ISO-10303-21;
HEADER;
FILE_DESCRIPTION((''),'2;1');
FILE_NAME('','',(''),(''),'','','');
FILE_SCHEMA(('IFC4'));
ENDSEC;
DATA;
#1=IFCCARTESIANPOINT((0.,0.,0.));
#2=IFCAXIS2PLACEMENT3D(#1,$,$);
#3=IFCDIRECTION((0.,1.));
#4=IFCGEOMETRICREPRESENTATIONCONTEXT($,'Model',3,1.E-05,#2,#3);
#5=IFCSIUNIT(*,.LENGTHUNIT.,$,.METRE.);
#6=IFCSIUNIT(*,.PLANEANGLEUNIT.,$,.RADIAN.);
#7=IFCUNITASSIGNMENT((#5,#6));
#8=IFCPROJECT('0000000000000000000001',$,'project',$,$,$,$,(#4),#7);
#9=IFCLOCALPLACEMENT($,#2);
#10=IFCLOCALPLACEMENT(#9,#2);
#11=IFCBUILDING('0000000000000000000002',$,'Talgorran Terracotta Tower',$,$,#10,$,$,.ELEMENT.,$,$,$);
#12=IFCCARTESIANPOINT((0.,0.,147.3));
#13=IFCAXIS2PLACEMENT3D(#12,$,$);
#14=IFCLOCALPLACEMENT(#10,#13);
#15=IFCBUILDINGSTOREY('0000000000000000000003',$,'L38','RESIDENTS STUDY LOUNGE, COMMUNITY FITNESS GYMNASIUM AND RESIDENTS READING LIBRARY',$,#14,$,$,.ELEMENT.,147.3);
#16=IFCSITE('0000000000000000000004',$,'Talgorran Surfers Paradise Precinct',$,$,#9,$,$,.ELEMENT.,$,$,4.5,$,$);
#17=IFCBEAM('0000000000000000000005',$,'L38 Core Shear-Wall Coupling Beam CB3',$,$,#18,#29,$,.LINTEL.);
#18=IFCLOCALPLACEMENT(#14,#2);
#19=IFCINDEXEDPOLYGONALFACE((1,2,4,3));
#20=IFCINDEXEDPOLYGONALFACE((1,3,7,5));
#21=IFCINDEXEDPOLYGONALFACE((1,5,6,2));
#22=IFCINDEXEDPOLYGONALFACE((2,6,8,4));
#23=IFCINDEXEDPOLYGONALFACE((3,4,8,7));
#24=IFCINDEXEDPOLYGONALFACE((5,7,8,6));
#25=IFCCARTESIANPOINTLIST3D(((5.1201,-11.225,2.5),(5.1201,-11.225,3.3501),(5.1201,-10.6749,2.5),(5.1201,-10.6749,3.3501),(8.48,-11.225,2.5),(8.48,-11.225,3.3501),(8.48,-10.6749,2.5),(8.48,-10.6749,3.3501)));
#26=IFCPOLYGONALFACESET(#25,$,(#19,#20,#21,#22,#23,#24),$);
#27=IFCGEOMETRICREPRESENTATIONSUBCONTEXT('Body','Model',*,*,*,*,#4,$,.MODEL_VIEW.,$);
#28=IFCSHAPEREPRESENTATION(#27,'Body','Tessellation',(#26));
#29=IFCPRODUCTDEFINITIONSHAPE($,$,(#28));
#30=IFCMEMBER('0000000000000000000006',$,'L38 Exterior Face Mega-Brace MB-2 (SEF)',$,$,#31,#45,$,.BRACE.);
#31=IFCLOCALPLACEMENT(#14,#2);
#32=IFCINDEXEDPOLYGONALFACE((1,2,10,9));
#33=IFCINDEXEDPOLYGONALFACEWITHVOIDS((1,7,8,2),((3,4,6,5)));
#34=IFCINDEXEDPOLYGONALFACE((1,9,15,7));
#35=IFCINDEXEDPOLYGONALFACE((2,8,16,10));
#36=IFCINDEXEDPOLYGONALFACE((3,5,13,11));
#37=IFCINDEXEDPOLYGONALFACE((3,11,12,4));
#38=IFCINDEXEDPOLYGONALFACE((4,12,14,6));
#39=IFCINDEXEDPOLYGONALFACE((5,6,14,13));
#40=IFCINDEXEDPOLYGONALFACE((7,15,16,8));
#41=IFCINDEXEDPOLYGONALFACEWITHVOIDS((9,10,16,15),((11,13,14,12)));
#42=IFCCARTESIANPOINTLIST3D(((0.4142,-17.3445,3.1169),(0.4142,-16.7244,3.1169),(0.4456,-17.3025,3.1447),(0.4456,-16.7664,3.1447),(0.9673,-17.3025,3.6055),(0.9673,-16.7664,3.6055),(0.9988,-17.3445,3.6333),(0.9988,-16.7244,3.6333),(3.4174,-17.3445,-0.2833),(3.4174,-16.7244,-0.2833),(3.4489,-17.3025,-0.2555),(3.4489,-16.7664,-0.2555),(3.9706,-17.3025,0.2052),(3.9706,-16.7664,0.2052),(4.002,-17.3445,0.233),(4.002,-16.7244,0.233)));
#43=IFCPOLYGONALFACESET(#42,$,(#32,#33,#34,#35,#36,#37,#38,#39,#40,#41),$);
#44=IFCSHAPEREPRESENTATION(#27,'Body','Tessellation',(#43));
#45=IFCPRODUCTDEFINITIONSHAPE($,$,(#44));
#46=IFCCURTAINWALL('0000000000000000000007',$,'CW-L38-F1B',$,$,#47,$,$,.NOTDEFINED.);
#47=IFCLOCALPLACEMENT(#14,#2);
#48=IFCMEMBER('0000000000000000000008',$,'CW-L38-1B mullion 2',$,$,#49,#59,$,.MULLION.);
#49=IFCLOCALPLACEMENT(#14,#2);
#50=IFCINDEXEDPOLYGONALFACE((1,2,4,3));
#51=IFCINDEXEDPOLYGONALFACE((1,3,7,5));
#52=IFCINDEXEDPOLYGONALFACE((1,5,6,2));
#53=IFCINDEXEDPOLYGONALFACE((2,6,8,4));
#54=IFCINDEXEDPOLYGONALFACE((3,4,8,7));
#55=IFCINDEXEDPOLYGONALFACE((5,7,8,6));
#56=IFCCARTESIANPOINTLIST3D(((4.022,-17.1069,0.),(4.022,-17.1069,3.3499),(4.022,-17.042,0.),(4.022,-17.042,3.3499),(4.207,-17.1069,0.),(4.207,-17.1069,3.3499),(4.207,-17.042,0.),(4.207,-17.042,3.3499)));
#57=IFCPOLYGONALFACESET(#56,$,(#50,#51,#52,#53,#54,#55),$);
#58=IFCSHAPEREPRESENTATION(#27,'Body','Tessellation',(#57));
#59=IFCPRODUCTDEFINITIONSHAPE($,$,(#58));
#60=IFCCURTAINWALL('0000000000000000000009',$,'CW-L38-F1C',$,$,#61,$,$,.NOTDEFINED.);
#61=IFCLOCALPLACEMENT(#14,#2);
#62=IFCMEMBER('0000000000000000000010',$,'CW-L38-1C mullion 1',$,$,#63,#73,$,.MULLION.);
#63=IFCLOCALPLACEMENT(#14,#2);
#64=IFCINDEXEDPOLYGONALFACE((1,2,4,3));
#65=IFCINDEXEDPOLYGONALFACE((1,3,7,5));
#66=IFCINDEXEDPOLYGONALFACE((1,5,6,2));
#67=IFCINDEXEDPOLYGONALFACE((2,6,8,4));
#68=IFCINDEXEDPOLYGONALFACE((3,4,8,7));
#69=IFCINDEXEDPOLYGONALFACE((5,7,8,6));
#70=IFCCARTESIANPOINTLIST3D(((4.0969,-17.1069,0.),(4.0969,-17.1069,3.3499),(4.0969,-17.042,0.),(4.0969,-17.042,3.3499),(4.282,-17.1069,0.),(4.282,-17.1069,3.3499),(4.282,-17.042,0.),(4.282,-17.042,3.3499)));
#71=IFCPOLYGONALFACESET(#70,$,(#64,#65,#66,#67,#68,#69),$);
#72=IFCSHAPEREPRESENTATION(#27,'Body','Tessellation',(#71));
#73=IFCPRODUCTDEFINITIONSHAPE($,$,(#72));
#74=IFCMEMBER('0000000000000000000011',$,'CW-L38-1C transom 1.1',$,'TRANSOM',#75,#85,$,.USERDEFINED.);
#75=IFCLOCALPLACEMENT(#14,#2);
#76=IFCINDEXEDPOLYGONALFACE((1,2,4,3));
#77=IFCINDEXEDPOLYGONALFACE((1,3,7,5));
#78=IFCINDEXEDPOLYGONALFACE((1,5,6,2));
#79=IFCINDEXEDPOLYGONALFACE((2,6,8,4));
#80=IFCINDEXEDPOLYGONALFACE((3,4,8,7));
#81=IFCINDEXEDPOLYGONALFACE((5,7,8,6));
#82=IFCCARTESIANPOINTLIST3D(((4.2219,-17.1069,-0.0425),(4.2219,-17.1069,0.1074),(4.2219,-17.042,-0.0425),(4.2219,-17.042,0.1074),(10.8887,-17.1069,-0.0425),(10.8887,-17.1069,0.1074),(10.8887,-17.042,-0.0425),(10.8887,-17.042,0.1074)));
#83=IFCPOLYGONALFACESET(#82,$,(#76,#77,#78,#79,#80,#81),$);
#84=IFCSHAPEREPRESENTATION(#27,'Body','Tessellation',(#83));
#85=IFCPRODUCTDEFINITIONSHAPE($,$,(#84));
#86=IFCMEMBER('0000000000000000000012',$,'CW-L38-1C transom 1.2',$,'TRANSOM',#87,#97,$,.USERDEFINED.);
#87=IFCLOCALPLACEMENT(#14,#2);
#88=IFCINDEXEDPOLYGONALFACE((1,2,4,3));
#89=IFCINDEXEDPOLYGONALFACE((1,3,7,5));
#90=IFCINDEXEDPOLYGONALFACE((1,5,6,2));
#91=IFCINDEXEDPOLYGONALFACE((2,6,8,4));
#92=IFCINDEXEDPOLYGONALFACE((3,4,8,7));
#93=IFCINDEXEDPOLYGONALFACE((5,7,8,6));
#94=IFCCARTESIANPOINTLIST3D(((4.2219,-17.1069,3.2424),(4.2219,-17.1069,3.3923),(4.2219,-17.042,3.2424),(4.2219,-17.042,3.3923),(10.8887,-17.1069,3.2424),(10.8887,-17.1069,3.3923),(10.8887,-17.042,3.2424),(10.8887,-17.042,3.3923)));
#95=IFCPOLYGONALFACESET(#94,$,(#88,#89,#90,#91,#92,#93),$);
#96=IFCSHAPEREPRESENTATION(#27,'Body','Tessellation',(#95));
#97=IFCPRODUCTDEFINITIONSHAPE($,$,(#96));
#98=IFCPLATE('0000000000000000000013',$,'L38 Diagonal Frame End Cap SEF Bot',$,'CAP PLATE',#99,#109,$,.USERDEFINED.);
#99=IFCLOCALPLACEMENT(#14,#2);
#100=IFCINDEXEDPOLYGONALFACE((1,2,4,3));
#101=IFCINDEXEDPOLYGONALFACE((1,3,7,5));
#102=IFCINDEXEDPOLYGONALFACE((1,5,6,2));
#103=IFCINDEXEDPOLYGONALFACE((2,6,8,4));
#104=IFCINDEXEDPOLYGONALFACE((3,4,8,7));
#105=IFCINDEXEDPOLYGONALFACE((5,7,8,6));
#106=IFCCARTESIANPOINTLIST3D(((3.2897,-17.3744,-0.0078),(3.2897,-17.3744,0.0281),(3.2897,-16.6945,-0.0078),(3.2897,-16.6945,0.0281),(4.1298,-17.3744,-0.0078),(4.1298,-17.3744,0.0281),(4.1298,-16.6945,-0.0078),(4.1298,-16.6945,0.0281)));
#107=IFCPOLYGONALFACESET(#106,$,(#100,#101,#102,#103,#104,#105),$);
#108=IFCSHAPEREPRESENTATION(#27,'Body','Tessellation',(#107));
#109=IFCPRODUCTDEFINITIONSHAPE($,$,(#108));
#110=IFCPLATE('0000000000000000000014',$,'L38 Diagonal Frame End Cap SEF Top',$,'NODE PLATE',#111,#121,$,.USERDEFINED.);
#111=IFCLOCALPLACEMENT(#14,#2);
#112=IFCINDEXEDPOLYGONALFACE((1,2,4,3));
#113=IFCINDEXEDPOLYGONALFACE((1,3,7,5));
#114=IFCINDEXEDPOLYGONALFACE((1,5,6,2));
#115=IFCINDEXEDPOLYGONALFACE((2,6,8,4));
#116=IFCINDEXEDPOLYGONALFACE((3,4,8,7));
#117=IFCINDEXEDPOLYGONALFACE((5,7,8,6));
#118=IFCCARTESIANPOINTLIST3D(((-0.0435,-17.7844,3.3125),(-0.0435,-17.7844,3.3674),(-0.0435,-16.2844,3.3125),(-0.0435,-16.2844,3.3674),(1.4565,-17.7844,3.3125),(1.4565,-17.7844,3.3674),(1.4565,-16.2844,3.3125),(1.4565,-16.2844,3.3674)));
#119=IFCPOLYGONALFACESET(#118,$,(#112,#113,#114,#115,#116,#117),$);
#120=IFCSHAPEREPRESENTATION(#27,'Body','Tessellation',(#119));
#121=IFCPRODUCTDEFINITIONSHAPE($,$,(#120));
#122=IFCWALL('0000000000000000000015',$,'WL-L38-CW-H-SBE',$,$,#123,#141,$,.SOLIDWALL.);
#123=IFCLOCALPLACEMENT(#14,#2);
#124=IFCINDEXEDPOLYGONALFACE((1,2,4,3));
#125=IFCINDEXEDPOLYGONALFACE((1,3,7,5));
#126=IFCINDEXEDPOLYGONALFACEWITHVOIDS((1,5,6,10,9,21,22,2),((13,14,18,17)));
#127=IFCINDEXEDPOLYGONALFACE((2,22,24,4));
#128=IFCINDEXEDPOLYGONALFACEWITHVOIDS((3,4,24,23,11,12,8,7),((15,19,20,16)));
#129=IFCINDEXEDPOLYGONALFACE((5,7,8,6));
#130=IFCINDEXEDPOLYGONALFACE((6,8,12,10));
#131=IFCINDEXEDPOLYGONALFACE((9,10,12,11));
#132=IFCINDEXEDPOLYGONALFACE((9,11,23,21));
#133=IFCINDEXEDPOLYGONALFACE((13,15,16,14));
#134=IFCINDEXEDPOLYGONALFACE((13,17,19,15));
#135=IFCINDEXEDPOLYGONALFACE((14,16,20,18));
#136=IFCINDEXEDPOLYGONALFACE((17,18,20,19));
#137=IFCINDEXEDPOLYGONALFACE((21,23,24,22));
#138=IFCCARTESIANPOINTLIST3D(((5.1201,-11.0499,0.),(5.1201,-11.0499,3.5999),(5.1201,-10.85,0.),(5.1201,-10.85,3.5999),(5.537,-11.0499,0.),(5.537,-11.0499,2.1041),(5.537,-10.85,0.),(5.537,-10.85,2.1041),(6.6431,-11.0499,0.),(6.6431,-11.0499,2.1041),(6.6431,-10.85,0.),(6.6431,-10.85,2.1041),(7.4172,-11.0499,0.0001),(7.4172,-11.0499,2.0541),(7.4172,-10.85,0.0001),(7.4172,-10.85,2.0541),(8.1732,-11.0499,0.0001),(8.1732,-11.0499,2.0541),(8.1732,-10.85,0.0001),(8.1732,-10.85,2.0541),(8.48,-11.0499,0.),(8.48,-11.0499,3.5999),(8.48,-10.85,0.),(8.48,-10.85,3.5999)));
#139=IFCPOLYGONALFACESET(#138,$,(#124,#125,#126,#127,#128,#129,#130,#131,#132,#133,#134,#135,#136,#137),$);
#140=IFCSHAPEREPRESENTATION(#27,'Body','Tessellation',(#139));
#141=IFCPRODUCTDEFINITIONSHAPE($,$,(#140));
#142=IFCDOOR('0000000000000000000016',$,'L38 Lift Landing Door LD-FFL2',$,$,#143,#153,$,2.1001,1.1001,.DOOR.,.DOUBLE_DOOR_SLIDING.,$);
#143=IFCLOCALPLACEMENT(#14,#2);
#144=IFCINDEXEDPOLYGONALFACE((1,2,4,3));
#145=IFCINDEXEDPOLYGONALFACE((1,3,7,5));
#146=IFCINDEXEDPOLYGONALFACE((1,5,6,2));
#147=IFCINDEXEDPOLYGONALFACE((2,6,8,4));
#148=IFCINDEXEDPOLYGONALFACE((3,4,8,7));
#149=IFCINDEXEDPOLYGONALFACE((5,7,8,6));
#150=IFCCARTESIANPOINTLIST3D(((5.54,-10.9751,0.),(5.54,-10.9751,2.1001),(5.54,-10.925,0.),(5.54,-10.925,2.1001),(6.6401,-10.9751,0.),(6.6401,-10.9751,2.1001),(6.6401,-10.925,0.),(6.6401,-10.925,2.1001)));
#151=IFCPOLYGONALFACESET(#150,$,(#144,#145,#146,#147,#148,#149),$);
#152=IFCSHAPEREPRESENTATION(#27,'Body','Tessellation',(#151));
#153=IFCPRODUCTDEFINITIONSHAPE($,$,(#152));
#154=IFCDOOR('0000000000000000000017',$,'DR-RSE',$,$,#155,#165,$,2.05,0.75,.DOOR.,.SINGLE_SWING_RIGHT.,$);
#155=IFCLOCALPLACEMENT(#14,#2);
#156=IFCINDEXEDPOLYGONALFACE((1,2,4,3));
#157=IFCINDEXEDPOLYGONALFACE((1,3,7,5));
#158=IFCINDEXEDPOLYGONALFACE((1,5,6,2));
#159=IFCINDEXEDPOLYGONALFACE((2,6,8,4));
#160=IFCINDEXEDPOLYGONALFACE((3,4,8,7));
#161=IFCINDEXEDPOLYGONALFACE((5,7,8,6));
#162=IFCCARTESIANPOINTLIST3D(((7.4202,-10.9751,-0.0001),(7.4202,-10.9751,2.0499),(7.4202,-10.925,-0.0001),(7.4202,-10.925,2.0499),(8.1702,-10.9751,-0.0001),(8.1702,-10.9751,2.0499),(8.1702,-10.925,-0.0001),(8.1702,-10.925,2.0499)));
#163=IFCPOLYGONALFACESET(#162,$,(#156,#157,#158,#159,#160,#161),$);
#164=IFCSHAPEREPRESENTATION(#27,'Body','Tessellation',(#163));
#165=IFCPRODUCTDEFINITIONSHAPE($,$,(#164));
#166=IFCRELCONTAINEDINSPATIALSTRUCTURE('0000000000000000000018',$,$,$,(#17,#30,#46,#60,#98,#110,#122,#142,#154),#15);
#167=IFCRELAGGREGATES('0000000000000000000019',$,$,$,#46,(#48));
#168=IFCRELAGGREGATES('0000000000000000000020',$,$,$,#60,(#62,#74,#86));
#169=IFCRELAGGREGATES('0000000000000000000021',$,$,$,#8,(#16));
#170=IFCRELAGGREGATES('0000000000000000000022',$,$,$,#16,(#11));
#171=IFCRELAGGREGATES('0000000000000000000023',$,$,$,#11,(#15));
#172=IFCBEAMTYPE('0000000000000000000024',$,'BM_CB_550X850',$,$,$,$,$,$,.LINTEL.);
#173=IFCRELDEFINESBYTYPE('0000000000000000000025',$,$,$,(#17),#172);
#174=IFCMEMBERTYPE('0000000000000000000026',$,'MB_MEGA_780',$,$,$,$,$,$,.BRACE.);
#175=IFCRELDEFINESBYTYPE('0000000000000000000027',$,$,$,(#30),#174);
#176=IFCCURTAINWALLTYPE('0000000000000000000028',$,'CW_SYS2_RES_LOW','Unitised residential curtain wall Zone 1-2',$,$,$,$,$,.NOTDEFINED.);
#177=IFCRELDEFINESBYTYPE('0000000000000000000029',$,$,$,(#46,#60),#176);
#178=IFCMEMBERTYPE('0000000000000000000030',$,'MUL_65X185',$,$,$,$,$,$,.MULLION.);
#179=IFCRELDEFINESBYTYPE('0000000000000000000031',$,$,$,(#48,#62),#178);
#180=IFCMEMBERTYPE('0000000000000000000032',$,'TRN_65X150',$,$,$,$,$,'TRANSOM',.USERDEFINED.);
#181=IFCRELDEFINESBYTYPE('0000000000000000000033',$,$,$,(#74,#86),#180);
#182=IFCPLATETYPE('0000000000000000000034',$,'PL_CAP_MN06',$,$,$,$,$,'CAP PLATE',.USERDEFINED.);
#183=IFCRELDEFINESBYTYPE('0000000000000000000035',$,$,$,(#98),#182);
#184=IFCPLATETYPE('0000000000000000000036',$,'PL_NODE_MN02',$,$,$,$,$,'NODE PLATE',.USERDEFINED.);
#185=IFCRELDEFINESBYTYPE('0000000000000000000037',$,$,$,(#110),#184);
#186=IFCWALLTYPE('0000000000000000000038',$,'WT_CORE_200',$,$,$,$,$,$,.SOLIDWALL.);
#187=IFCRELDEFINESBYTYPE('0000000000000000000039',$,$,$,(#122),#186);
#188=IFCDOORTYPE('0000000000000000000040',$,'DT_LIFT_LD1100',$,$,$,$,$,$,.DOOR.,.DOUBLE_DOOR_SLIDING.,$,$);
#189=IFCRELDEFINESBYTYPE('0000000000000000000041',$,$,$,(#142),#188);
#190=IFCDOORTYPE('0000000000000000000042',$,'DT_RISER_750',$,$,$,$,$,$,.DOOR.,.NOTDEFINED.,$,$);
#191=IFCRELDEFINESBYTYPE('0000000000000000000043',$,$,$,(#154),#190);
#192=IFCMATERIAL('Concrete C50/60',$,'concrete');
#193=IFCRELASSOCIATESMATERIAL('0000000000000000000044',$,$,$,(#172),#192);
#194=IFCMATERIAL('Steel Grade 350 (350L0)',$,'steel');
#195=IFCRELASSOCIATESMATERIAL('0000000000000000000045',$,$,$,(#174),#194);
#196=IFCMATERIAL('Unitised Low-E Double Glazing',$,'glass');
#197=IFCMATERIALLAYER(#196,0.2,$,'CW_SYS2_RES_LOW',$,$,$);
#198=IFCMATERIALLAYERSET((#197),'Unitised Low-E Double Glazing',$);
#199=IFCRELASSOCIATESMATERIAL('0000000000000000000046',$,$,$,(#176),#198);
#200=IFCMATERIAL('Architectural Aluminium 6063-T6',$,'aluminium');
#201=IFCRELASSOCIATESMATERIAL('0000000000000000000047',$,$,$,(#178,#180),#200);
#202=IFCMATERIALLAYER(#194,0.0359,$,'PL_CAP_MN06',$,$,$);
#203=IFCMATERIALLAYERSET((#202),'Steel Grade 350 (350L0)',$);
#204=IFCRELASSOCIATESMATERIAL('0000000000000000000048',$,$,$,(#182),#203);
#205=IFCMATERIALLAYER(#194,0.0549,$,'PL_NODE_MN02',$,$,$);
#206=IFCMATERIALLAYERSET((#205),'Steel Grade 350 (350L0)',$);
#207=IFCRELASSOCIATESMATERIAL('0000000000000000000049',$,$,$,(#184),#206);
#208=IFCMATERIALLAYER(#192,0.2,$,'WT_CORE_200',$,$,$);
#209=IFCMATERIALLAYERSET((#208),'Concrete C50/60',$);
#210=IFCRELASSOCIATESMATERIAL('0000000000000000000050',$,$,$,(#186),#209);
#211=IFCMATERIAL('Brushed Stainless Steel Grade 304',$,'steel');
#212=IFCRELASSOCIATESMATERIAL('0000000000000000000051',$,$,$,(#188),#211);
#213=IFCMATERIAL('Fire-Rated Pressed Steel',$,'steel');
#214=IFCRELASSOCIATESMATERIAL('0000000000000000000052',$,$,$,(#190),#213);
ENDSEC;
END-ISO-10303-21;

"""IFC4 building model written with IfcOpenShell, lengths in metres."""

from ifc_helpers import new_model, si_unit, direction, frame, frame_2d, origin, origin_2d, place, context, subcontext, project, spatial, rectangle, hollow_rectangle, extrude, material, layer, layer_set, material_profile, profile_set, type_object, element, fill, aggregate, save


model = new_model("IFC4")

# Units and contexts
model_context = context("Model", 3, precision=1e-05, world=origin(), true_north=direction((0.0, 1.0)))
body_context = subcontext(model_context, "Body", "Model", "MODEL_VIEW")
ifc_project = project(units=[si_unit("LENGTHUNIT", "METRE"), si_unit("PLANEANGLEUNIT", "RADIAN")], contexts=[model_context])

# Site, building, storey
site_placement = place(None, origin())
site = spatial("IfcSite", under=ifc_project, at=site_placement, Name="Talgorran Surfers Paradise Precinct", CompositionType="ELEMENT", RefElevation=4.5)
building_placement = place(site_placement, origin())
building = spatial("IfcBuilding", under=site, at=building_placement, Name="Talgorran Terracotta Tower", CompositionType="ELEMENT")
storey_placement = place(building_placement, frame((0.0, 0.0, 147.3)))
storey = spatial("IfcBuildingStorey", under=building, at=storey_placement, Name="L38", Description="RESIDENTS STUDY LOUNGE, COMMUNITY FITNESS GYMNASIUM AND RESIDENTS READING LIBRARY", CompositionType="ELEMENT", Elevation=147.3)

# Beam
ifc_material_1 = material(Name="Concrete C50/60", Category="concrete")
ifc_material_profile_1 = material_profile(ifc_material_1, rectangle(XDim=0.55, YDim=0.8501, at=origin_2d()), Name="RCCB550X850")
ifc_profile_set_1 = profile_set([ifc_material_profile_1], Name="Concrete C50/60")
beam_type = type_object("IfcBeamType", Name="BM_CB_550X850", PredefinedType="LINTEL", material=ifc_profile_set_1)
beam_placement = place(storey_placement, frame((5.1201, -10.95, 2.925), z_axis=(1.0, 0.0, 0.0), x_axis=(0.0, 1.0, 0.0)))
element("IfcBeam", 1, at=beam_placement, inside=storey, type_object=beam_type, Name="L38 Core Shear-Wall Coupling Beam CB3", PredefinedType="LINTEL", context=body_context, shape_type="SweptSolid", body=[
    extrude(rectangle(XDim=0.55, YDim=0.8501, at=origin_2d()), origin(), (0.0, 0.0, 1.0), 3.3599),
])

# Member
ifc_material_2 = material(Name="Steel Grade 350 (350L0)", Category="steel")
ifc_material_profile_2 = material_profile(ifc_material_2, hollow_rectangle(XDim=0.6201, YDim=0.78, WallThickness=0.042, at=origin_2d()), Name="WBOX780X620X42")
ifc_profile_set_2 = profile_set([ifc_material_profile_2], Name="Steel Grade 350 (350L0)")
member_type_1 = type_object("IfcMemberType", Name="MB_MEGA_780", PredefinedType="BRACE", material=ifc_profile_set_2)
member_1_placement = place(storey_placement, frame((3.7097, -17.0344, -0.0251), z_axis=(-0.661999, 0.0, 0.749505), x_axis=(0.0, -1.0, 0.0)))
element("IfcMember", 2, at=member_1_placement, inside=storey, type_object=member_type_1, Name="L38 Exterior Face Mega-Brace MB-2 (SEF)", PredefinedType="BRACE", context=body_context, shape_type="SweptSolid", body=[
    extrude(hollow_rectangle(XDim=0.6201, YDim=0.78, WallThickness=0.042, at=origin_2d()), origin(), (0.0, 0.0, 1.0), 4.5366),
])

# Curtain wall, member
ifc_material_3 = material(Name="Unitised Low-E Double Glazing", Category="glass")
ifc_layer_1 = layer(ifc_material_3, 0.2, Name="CW_SYS2_RES_LOW")
ifc_layer_set_1 = layer_set([ifc_layer_1], Name="Unitised Low-E Double Glazing")
curtain_wall_type = type_object("IfcCurtainWallType", Name="CW_SYS2_RES_LOW", Description="Unitised residential curtain wall Zone 1-2", PredefinedType="NOTDEFINED", material=ifc_layer_set_1)
curtain_wall_1_placement = place(storey_placement, origin())
curtain_wall_1 = element("IfcCurtainWall", 3, at=curtain_wall_1_placement, inside=storey, type_object=curtain_wall_type, Name="CW-L38-F1B", PredefinedType="NOTDEFINED")
ifc_material_4 = material(Name="Architectural Aluminium 6063-T6", Category="aluminium")
ifc_material_profile_3 = material_profile(ifc_material_4, rectangle(XDim=0.0649, YDim=0.1851, at=origin_2d()), Name="CWM65X185")
ifc_profile_set_3 = profile_set([ifc_material_profile_3], Name="Architectural Aluminium 6063-T6")
member_type_2 = type_object("IfcMemberType", Name="MUL_65X185", PredefinedType="MULLION", material=ifc_profile_set_3)
member_2_placement = place(storey_placement, frame((4.1145, -17.0745, 0.0), z_axis=(0.0, 0.0, 1.0), x_axis=(0.0, 1.0, 0.0)))
member_2 = element("IfcMember", 4, at=member_2_placement, type_object=member_type_2, Name="CW-L38-1B mullion 2", PredefinedType="MULLION", context=body_context, shape_type="SweptSolid", body=[
    extrude(rectangle(XDim=0.0649, YDim=0.1851, at=origin_2d()), origin(), (0.0, 0.0, 1.0), 3.3499),
])
aggregate(curtain_wall_1, [member_2])

# Curtain wall, members
curtain_wall_2_placement = place(storey_placement, origin())
curtain_wall_2 = element("IfcCurtainWall", 5, at=curtain_wall_2_placement, inside=storey, type_object=curtain_wall_type, Name="CW-L38-F1C", PredefinedType="NOTDEFINED")
member_3_placement = place(storey_placement, frame((4.1895, -17.0745, 0.0), z_axis=(0.0, 0.0, 1.0), x_axis=(0.0, 1.0, 0.0)))
member_3 = element("IfcMember", 6, at=member_3_placement, type_object=member_type_2, Name="CW-L38-1C mullion 1", PredefinedType="MULLION", context=body_context, shape_type="SweptSolid", body=[
    extrude(rectangle(XDim=0.0649, YDim=0.1851, at=origin_2d()), origin(), (0.0, 0.0, 1.0), 3.3499),
])
ifc_material_profile_4 = material_profile(ifc_material_4, rectangle(XDim=0.0649, YDim=0.1499, at=origin_2d()), Name="CWT65X150")
ifc_profile_set_4 = profile_set([ifc_material_profile_4], Name="Architectural Aluminium 6063-T6")
member_type_3 = type_object("IfcMemberType", Name="TRN_65X150", ElementType="TRANSOM", PredefinedType="USERDEFINED", material=ifc_profile_set_4)
member_4_placement = place(storey_placement, frame((4.2219, -17.0745, 0.0325), z_axis=(1.0, 0.0, 0.0), x_axis=(0.0, 1.0, 0.0)))
member_4 = element("IfcMember", 7, at=member_4_placement, type_object=member_type_3, Name="CW-L38-1C transom 1.1", ObjectType="TRANSOM", PredefinedType="USERDEFINED", context=body_context, shape_type="SweptSolid", body=[
    extrude(rectangle(XDim=0.0649, YDim=0.1499, at=origin_2d()), origin(), (0.0, 0.0, 1.0), 6.6667),
])
member_5_placement = place(storey_placement, frame((4.2219, -17.0745, 3.3174), z_axis=(1.0, 0.0, 0.0), x_axis=(0.0, 1.0, 0.0)))
member_5 = element("IfcMember", 8, at=member_5_placement, type_object=member_type_3, Name="CW-L38-1C transom 1.2", ObjectType="TRANSOM", PredefinedType="USERDEFINED", context=body_context, shape_type="SweptSolid", body=[
    extrude(rectangle(XDim=0.0649, YDim=0.1499, at=origin_2d()), origin(), (0.0, 0.0, 1.0), 6.6667),
])
aggregate(curtain_wall_2, [member_3, member_4, member_5])

# Plates
ifc_layer_2 = layer(ifc_material_2, 0.0359, Name="PL_CAP_MN06")
ifc_layer_set_2 = layer_set([ifc_layer_2], Name="Steel Grade 350 (350L0)")
plate_type_1 = type_object("IfcPlateType", Name="PL_CAP_MN06", ElementType="CAP PLATE", PredefinedType="USERDEFINED", material=ifc_layer_set_2)
plate_1_placement = place(storey_placement, frame((3.7097, -17.0344, -0.0078), z_axis=(0.0, 0.0, 1.0), x_axis=(-1.0, 0.0, 0.0)))
element("IfcPlate", 9, at=plate_1_placement, inside=storey, type_object=plate_type_1, Name="L38 Diagonal Frame End Cap SEF Bot", ObjectType="CAP PLATE", PredefinedType="USERDEFINED", context=body_context, shape_type="SweptSolid", body=[
    extrude(rectangle(XDim=0.8401, YDim=0.6799, at=origin_2d()), origin(), (0.0, 0.0, 1.0), 0.0359),
])
ifc_layer_3 = layer(ifc_material_2, 0.0549, Name="PL_NODE_MN02")
ifc_layer_set_3 = layer_set([ifc_layer_3], Name="Steel Grade 350 (350L0)")
plate_type_2 = type_object("IfcPlateType", Name="PL_NODE_MN02", ElementType="NODE PLATE", PredefinedType="USERDEFINED", material=ifc_layer_set_3)
plate_2_placement = place(storey_placement, frame((0.7065, -17.0344, 3.3125), z_axis=(0.0, 0.0, 1.0), x_axis=(-1.0, 0.0, 0.0)))
element("IfcPlate", 10, at=plate_2_placement, inside=storey, type_object=plate_type_2, Name="L38 Diagonal Frame End Cap SEF Top", ObjectType="NODE PLATE", PredefinedType="USERDEFINED", context=body_context, shape_type="SweptSolid", body=[
    extrude(rectangle(XDim=1.5, YDim=1.5, at=origin_2d()), origin(), (0.0, 0.0, 1.0), 0.0549),
])

# Wall, openings, doors
ifc_layer_4 = layer(ifc_material_1, 0.2, Name="WT_CORE_200")
ifc_layer_set_4 = layer_set([ifc_layer_4], Name="Concrete C50/60")
wall_type_1 = type_object("IfcWallType", Name="WT_CORE_200", PredefinedType="SOLIDWALL", material=ifc_layer_set_4)
wall_1_placement = place(storey_placement, frame((5.1201, -10.95, 0.0), z_axis=(0.0, 0.0, 1.0), x_axis=(1.0, 0.0, 0.0)))
wall_1 = element("IfcWall", 11, at=wall_1_placement, inside=storey, type_object=wall_type_1, Name="WL-L38-CW-H-SBE", PredefinedType="SOLIDWALL", context=body_context, shape_type="SweptSolid", body=[
    extrude(rectangle(XDim=3.3599, YDim=0.2, at=frame_2d((1.6799, 0.0))), origin(), (0.0, 0.0, 1.0), 3.5999),
])
opening_1_placement = place(wall_1_placement, frame((0.4199, 0.0, 0.0)))
opening_1 = element("IfcOpeningElement", 12, at=opening_1_placement, cuts=wall_1, PredefinedType="OPENING", context=body_context, shape_type="SweptSolid", body=[
    extrude(rectangle(XDim=1.1061, YDim=2.1041, at=frame_2d((0.55, 1.052))), frame((0.0, 0.1099, 0.0), z_axis=(0.0, -1.0, 0.0), x_axis=(1.0, 0.0, 0.0)), (0.0, 0.0, 1.0), 0.22),
])
opening_2_placement = place(wall_1_placement, frame((2.3, 0.0, 0.0)))
opening_2 = element("IfcOpeningElement", 13, at=opening_2_placement, cuts=wall_1, PredefinedType="OPENING", context=body_context, shape_type="SweptSolid", body=[
    extrude(rectangle(XDim=0.756, YDim=2.054, at=frame_2d((0.375, 1.0271))), frame((0.0, 0.1099, 0.0), z_axis=(0.0, -1.0, 0.0), x_axis=(1.0, 0.0, 0.0)), (0.0, 0.0, 1.0), 0.22),
])
ifc_material_5 = material(Name="Brushed Stainless Steel Grade 304", Category="steel")
door_type_1 = type_object("IfcDoorType", Name="DT_LIFT_LD1100", OperationType="DOUBLE_DOOR_SLIDING", PredefinedType="DOOR", material=ifc_material_5)
door_1_placement = place(opening_1_placement, origin())
door_1 = element("IfcDoor", 14, at=door_1_placement, inside=storey, type_object=door_type_1, Name="L38 Lift Landing Door LD-FFL2", OperationType="DOUBLE_DOOR_SLIDING", OverallHeight=2.1001, OverallWidth=1.1001, PredefinedType="DOOR", context=body_context, shape_type="SweptSolid", body=[
    extrude(rectangle(XDim=1.1001, YDim=2.1001, at=frame_2d((0.55, 1.05))), frame((0.0, 0.0249, 0.0), z_axis=(0.0, -1.0, 0.0), x_axis=(1.0, 0.0, 0.0)), (0.0, 0.0, 1.0), 0.05),
])
fill(opening_1, door_1)
ifc_material_6 = material(Name="Fire-Rated Pressed Steel", Category="steel")
door_type_2 = type_object("IfcDoorType", Name="DT_RISER_750", OperationType="NOTDEFINED", PredefinedType="DOOR", material=ifc_material_6)
door_2_placement = place(opening_2_placement, origin())
door_2 = element("IfcDoor", 15, at=door_2_placement, inside=storey, type_object=door_type_2, Name="DR-RSE", OperationType="SINGLE_SWING_RIGHT", OverallHeight=2.05, OverallWidth=0.75, PredefinedType="DOOR", context=body_context, shape_type="SweptSolid", body=[
    extrude(rectangle(XDim=0.75, YDim=2.05, at=frame_2d((0.375, 1.0249))), frame((0.0, 0.0249, 0.0), z_axis=(0.0, -1.0, 0.0), x_axis=(1.0, 0.0, 0.0)), (0.0, 0.0, 1.0), 0.05),
])
fill(opening_2, door_2)

save(model, "model.ifc")
